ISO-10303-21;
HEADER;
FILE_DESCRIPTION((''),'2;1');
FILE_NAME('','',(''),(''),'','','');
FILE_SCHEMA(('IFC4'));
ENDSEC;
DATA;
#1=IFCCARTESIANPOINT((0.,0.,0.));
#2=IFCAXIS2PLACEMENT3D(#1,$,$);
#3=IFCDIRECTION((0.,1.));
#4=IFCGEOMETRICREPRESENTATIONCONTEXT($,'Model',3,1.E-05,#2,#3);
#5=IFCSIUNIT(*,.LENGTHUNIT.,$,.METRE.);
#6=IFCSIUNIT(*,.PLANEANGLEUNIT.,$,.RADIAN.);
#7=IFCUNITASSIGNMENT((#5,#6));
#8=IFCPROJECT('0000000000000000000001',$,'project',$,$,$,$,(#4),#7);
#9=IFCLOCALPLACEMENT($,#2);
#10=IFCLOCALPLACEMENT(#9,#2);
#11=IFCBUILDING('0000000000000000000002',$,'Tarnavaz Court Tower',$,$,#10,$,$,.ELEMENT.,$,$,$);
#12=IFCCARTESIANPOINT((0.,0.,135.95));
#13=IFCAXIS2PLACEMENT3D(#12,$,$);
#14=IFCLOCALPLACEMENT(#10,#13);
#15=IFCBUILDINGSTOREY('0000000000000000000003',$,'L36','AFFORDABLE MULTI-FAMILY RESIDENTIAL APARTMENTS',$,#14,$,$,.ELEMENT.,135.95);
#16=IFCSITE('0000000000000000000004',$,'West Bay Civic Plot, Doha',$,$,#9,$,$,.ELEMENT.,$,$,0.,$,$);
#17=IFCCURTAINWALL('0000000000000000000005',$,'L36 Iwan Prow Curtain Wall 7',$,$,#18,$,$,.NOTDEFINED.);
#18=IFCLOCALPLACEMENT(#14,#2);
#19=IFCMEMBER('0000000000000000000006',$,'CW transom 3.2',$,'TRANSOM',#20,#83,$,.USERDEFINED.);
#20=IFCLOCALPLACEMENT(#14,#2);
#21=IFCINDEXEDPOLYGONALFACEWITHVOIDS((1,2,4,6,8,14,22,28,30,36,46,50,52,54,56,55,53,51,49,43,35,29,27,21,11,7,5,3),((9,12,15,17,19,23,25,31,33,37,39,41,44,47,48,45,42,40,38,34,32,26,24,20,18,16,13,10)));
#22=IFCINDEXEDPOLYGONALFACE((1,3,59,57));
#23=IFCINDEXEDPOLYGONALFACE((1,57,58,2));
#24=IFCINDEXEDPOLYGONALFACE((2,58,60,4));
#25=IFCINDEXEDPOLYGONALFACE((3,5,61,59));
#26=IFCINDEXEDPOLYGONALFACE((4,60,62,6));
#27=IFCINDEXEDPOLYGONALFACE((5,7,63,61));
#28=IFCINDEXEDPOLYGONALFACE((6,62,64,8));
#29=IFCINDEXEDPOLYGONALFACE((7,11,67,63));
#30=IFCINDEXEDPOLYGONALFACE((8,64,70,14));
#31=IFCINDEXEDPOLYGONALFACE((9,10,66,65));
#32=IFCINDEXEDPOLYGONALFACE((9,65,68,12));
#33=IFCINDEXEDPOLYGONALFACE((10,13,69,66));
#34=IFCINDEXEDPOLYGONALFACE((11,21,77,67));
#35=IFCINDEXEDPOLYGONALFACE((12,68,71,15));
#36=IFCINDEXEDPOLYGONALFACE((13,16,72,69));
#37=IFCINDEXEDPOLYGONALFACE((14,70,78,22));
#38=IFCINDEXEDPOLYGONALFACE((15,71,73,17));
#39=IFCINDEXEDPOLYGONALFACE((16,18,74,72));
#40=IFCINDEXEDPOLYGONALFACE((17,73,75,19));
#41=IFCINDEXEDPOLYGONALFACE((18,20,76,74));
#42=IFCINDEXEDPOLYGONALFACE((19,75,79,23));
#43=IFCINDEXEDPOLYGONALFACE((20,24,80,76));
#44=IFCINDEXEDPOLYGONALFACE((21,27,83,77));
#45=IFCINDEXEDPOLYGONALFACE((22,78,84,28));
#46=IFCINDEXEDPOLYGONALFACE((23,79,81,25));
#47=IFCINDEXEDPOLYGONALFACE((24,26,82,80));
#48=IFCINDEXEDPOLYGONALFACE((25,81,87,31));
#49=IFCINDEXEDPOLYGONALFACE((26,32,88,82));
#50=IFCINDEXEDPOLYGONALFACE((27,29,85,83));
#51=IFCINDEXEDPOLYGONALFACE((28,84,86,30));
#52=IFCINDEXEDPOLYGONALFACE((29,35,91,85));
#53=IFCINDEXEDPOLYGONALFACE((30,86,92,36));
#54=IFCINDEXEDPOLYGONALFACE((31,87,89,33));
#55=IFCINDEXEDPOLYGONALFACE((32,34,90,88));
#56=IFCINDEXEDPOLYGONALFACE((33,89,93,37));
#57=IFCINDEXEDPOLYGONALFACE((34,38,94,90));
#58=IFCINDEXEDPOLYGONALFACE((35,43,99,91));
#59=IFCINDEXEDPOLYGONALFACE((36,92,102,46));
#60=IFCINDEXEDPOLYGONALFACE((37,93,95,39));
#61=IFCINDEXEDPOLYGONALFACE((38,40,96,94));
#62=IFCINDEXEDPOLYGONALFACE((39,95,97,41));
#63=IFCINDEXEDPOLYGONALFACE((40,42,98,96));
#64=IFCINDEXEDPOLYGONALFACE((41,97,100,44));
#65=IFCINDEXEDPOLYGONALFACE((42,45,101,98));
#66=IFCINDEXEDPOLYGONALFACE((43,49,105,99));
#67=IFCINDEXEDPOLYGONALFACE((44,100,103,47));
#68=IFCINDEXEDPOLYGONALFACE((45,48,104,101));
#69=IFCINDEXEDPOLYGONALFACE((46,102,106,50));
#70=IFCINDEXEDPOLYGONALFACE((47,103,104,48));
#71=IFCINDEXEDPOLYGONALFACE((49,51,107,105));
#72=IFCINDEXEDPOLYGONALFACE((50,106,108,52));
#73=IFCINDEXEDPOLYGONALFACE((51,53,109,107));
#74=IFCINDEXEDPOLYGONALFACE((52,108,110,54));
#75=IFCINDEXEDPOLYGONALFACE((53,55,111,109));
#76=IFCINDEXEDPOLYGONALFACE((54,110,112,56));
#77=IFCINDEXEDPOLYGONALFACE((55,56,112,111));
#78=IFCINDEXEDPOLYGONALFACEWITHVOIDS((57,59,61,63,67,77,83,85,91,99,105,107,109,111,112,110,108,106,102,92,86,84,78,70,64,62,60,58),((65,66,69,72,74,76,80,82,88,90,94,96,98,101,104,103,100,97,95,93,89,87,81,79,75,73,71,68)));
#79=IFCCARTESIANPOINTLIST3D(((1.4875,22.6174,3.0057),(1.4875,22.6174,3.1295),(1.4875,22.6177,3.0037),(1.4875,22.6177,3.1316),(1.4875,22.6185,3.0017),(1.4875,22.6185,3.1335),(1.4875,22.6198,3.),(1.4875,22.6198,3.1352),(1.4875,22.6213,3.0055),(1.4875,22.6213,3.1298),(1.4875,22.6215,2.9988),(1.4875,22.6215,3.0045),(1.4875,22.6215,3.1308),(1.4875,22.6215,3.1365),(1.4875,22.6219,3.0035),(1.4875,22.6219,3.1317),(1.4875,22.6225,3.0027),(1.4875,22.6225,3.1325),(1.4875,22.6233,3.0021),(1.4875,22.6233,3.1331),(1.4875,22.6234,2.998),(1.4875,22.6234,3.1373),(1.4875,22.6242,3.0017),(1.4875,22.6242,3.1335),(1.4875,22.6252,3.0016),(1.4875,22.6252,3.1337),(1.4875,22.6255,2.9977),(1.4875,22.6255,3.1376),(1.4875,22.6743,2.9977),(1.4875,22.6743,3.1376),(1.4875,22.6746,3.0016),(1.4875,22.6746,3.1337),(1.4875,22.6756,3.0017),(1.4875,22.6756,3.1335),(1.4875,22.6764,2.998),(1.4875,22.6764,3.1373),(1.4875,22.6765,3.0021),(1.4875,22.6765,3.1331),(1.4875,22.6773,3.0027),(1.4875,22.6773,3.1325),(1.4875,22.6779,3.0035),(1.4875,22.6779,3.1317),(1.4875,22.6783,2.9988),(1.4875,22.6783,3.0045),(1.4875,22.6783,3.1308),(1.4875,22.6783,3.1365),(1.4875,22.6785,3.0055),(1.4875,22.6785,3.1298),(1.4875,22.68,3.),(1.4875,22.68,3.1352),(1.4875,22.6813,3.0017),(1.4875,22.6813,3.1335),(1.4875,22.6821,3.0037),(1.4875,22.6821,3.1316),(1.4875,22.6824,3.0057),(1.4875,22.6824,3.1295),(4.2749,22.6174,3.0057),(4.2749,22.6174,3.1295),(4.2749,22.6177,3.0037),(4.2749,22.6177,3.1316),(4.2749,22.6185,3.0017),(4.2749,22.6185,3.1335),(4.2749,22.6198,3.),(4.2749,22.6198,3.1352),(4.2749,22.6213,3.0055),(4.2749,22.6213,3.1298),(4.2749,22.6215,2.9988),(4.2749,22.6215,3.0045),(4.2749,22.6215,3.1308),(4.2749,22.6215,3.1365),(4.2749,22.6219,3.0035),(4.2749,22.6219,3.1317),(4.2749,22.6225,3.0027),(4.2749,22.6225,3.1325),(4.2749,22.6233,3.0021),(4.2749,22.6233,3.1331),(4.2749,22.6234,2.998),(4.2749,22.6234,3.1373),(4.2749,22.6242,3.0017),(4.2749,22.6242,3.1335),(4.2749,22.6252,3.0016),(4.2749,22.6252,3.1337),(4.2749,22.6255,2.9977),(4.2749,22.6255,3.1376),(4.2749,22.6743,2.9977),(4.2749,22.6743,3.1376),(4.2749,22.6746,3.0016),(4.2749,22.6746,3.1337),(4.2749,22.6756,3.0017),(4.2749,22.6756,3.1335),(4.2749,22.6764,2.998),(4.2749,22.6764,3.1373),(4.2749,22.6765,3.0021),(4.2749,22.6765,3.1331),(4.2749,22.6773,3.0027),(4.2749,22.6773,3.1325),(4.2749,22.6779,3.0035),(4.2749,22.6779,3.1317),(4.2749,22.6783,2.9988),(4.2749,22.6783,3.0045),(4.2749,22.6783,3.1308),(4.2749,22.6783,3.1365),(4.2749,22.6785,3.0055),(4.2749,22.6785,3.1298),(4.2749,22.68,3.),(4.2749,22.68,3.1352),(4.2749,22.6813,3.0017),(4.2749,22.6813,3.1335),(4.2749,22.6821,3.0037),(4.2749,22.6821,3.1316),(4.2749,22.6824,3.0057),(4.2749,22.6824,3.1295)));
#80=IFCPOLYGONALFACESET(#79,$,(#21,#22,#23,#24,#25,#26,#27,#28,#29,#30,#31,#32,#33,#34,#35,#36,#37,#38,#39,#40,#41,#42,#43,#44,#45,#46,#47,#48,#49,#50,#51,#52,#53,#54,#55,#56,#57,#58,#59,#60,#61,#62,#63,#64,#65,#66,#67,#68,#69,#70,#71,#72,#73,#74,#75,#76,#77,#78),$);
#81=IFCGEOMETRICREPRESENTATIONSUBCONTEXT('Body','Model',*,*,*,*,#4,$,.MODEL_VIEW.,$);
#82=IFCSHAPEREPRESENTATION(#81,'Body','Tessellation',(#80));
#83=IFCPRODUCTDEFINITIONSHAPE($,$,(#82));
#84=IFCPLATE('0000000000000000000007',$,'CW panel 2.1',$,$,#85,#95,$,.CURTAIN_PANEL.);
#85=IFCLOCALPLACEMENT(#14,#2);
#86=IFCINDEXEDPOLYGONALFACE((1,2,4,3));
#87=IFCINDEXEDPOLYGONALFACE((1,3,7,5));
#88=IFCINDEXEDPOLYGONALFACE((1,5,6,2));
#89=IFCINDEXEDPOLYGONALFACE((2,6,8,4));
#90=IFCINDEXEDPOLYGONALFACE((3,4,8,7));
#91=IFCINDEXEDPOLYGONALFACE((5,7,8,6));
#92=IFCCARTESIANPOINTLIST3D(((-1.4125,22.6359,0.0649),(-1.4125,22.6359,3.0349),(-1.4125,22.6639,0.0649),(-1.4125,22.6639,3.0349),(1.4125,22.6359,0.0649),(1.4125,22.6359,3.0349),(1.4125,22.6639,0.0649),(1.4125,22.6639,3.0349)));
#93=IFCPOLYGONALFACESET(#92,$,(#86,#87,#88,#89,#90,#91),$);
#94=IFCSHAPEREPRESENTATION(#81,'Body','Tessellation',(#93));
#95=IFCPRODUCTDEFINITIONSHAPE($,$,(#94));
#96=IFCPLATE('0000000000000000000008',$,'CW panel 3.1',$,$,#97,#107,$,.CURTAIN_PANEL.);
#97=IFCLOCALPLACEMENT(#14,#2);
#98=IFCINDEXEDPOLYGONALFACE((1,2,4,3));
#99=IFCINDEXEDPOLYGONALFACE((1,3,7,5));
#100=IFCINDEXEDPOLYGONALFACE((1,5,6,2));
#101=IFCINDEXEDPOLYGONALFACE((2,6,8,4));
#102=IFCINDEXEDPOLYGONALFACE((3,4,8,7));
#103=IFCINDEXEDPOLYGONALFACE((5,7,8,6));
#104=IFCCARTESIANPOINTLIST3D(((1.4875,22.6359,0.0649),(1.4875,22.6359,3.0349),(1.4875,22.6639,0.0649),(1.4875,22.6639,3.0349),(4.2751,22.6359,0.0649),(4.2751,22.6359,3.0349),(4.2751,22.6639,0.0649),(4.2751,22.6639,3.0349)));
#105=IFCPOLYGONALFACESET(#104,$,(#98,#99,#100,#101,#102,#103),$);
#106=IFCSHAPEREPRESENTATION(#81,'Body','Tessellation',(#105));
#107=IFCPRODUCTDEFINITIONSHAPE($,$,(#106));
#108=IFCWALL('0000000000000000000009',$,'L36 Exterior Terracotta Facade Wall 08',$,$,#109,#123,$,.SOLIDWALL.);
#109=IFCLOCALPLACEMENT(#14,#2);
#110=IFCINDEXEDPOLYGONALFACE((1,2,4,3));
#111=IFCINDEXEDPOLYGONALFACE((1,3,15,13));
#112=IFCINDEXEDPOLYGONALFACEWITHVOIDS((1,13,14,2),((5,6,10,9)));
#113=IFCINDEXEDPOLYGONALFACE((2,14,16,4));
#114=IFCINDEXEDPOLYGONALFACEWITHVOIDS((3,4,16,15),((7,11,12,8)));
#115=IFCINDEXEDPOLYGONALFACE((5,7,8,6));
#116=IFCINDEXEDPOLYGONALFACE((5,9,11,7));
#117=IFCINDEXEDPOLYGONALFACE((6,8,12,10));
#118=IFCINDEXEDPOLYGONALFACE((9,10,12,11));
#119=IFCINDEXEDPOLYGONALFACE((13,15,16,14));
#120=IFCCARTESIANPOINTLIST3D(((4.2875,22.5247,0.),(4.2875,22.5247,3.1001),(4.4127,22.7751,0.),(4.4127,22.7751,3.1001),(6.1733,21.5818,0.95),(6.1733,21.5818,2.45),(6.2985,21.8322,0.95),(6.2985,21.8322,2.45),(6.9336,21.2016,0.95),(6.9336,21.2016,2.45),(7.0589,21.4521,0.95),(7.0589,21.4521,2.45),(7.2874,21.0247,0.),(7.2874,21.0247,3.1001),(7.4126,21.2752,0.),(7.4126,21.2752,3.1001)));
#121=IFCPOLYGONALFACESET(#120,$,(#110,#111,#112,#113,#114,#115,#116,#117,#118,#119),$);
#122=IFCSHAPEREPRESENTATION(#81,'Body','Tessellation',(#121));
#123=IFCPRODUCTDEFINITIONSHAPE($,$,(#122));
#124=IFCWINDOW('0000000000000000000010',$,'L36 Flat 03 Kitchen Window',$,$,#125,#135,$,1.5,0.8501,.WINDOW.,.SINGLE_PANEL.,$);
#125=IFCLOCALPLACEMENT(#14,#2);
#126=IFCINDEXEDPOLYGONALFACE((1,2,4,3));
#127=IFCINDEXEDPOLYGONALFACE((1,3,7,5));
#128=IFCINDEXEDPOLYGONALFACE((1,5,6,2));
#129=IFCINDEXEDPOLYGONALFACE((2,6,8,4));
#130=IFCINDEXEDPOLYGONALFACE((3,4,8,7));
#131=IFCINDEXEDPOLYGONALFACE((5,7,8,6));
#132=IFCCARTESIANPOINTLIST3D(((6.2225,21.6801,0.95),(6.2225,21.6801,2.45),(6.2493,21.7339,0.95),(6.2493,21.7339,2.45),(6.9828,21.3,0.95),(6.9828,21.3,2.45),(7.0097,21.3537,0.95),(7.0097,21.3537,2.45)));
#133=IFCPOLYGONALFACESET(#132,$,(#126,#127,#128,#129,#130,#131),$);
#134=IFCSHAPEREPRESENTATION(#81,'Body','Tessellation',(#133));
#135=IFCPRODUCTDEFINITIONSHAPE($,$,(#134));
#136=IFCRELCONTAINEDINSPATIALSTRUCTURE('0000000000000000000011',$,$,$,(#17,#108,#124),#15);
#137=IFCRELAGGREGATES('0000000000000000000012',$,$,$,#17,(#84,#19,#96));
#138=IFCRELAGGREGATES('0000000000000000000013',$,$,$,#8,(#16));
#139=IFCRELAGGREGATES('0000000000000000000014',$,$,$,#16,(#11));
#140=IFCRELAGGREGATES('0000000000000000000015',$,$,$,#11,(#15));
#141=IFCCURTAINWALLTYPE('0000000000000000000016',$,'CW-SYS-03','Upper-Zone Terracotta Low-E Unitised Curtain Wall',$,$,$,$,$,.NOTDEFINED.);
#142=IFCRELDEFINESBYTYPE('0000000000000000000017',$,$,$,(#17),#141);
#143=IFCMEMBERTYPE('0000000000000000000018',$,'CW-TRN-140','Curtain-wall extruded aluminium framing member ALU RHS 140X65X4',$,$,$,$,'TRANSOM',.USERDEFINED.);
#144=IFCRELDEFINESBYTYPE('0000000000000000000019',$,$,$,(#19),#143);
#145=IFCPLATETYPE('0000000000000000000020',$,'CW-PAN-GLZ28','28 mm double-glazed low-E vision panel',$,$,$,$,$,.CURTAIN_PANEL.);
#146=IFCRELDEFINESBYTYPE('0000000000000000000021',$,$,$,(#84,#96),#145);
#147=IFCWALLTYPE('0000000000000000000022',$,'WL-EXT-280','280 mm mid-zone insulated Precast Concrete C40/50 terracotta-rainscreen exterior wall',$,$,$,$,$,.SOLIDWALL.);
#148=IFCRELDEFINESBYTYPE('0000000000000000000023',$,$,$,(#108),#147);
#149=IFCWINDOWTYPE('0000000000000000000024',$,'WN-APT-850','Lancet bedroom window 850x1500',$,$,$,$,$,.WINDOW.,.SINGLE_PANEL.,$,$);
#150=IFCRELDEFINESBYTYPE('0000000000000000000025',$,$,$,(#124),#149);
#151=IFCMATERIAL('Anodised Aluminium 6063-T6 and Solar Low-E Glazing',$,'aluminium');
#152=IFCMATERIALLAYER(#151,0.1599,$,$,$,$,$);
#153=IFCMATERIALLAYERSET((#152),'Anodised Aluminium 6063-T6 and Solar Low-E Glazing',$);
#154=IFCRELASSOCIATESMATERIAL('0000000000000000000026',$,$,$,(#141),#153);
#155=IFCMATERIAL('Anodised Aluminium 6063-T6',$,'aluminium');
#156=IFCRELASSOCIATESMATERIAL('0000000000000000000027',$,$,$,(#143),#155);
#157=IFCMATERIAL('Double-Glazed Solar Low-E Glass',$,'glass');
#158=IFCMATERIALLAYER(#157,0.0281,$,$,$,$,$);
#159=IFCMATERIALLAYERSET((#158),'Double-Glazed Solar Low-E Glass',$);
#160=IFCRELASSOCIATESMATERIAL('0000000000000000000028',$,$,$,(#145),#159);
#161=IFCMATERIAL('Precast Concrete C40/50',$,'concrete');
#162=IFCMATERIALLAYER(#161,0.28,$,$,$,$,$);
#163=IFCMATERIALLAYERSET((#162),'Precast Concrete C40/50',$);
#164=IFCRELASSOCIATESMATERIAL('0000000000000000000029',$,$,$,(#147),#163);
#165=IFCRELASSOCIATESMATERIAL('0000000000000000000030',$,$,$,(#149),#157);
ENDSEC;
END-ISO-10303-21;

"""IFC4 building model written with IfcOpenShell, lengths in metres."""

from ifc_helpers import new_model, si_unit, direction, frame, frame_2d, origin, origin_2d, place, context, subcontext, project, spatial, rectangle, hollow_rectangle, extrude, material, layer, layer_set, material_profile, profile_set, type_object, element, fill, aggregate, save


model = new_model("IFC4")

# Units and contexts
model_context = context("Model", 3, precision=1e-05, world=origin(), true_north=direction((0.0, 1.0)))
body_context = subcontext(model_context, "Body", "Model", "MODEL_VIEW")
ifc_project = project(units=[si_unit("LENGTHUNIT", "METRE"), si_unit("PLANEANGLEUNIT", "RADIAN")], contexts=[model_context])

# Site, building, storey
site_placement = place(None, origin())
site = spatial("IfcSite", under=ifc_project, at=site_placement, Name="West Bay Civic Plot, Doha", CompositionType="ELEMENT", RefElevation=0.0)
building_placement = place(site_placement, origin())
building = spatial("IfcBuilding", under=site, at=building_placement, Name="Tarnavaz Court Tower", CompositionType="ELEMENT")
storey_placement = place(building_placement, frame((0.0, 0.0, 135.95)))
storey = spatial("IfcBuildingStorey", under=building, at=storey_placement, Name="L36", Description="AFFORDABLE MULTI-FAMILY RESIDENTIAL APARTMENTS", CompositionType="ELEMENT", Elevation=135.95)

# Curtain wall, member, plates
ifc_material_1 = material(Name="Anodised Aluminium 6063-T6 and Solar Low-E Glazing", Category="aluminium")
ifc_layer_1 = layer(ifc_material_1, 0.1599)
ifc_layer_set_1 = layer_set([ifc_layer_1], Name="Anodised Aluminium 6063-T6 and Solar Low-E Glazing")
curtain_wall_type = type_object("IfcCurtainWallType", Name="CW-SYS-03", Description="Upper-Zone Terracotta Low-E Unitised Curtain Wall", PredefinedType="NOTDEFINED", material=ifc_layer_set_1)
curtain_wall_placement = place(storey_placement, origin())
curtain_wall = element("IfcCurtainWall", 1, at=curtain_wall_placement, inside=storey, type_object=curtain_wall_type, Name="L36 Iwan Prow Curtain Wall 7", PredefinedType="NOTDEFINED")
ifc_material_2 = material(Name="Anodised Aluminium 6063-T6", Category="aluminium")
ifc_material_profile_1 = material_profile(ifc_material_2, hollow_rectangle(XDim=0.0649, YDim=0.1399, WallThickness=0.0039, InnerFilletRadius=0.0039, OuterFilletRadius=0.0081, at=origin_2d()), Name="ALU RHS 140X65X4")
ifc_profile_set_1 = profile_set([ifc_material_profile_1], Name="Anodised Aluminium 6063-T6")
member_type_1 = type_object("IfcMemberType", Name="CW-TRN-140", Description="Curtain-wall extruded aluminium framing member ALU RHS 140X65X4", ElementType="TRANSOM", PredefinedType="USERDEFINED", material=ifc_profile_set_1)
member_1_placement = place(storey_placement, frame((1.4875, 22.6499, 3.0676), z_axis=(1.0, 0.0, 0.0), x_axis=(0.0, 1.0, 0.0)))
member_1 = element("IfcMember", 2, at=member_1_placement, type_object=member_type_1, Name="CW transom 3.2", ObjectType="TRANSOM", PredefinedType="USERDEFINED", context=body_context, shape_type="SweptSolid", body=[
    extrude(hollow_rectangle(XDim=0.0649, YDim=0.1399, WallThickness=0.0039, InnerFilletRadius=0.0039, OuterFilletRadius=0.0081, at=origin_2d()), origin(), (0.0, 0.0, 1.0), 2.7874),
])
ifc_material_3 = material(Name="Double-Glazed Solar Low-E Glass", Category="glass")
ifc_layer_2 = layer(ifc_material_3, 0.0281)
ifc_layer_set_2 = layer_set([ifc_layer_2], Name="Double-Glazed Solar Low-E Glass")
plate_type = type_object("IfcPlateType", Name="CW-PAN-GLZ28", Description="28 mm double-glazed low-E vision panel", PredefinedType="CURTAIN_PANEL", material=ifc_layer_set_2)
plate_1_placement = place(storey_placement, frame((0.0, 22.6499, 0.0649), z_axis=(0.0, 0.0, 1.0), x_axis=(1.0, 0.0, 0.0)))
plate_1 = element("IfcPlate", 3, at=plate_1_placement, type_object=plate_type, Name="CW panel 2.1", PredefinedType="CURTAIN_PANEL", context=body_context, shape_type="SweptSolid", body=[
    extrude(rectangle(XDim=2.825, YDim=0.0281, at=origin_2d()), origin(), (0.0, 0.0, 1.0), 2.97),
])
plate_2_placement = place(storey_placement, frame((2.8813, 22.6499, 0.0649), z_axis=(0.0, 0.0, 1.0), x_axis=(1.0, 0.0, 0.0)))
plate_2 = element("IfcPlate", 4, at=plate_2_placement, type_object=plate_type, Name="CW panel 3.1", PredefinedType="CURTAIN_PANEL", context=body_context, shape_type="SweptSolid", body=[
    extrude(rectangle(XDim=2.7876, YDim=0.0281, at=origin_2d()), origin(), (0.0, 0.0, 1.0), 2.97),
])
aggregate(curtain_wall, [plate_1, member_1, plate_2])

# Wall, opening, window
ifc_material_4 = material(Name="Precast Concrete C40/50", Category="concrete")
ifc_layer_3 = layer(ifc_material_4, 0.28)
ifc_layer_set_3 = layer_set([ifc_layer_3], Name="Precast Concrete C40/50")
wall_type_1 = type_object("IfcWallType", Name="WL-EXT-280", Description="280 mm mid-zone insulated Precast Concrete C40/50 terracotta-rainscreen exterior wall", PredefinedType="SOLIDWALL", material=ifc_layer_set_3)
wall_1_placement = place(storey_placement, frame((4.3501, 22.6499, 0.0), z_axis=(0.0, 0.0, 1.0), x_axis=(0.894427, -0.447214, 0.0)))
wall_1 = element("IfcWall", 5, at=wall_1_placement, inside=storey, type_object=wall_type_1, Name="L36 Exterior Terracotta Facade Wall 08", PredefinedType="SOLIDWALL", context=body_context, shape_type="SweptSolid", body=[
    extrude(rectangle(XDim=3.354, YDim=0.28, at=frame_2d((1.677, 0.0))), origin(), (0.0, 0.0, 1.0), 3.1001),
])
opening_1_placement = place(wall_1_placement, frame((2.1084, 0.0, 0.95)))
opening_1 = element("IfcOpeningElement", 6, at=opening_1_placement, cuts=wall_1, PredefinedType="OPENING", context=body_context, shape_type="SweptSolid", body=[
    extrude(rectangle(XDim=0.8501, YDim=1.5, at=frame_2d((0.425, 0.75))), frame((0.0, 0.1499, 0.0), z_axis=(0.0, -1.0, 0.0), x_axis=(1.0, 0.0, 0.0)), (0.0, 0.0, 1.0), 0.3),
])
window_type_1 = type_object("IfcWindowType", Name="WN-APT-850", Description="Lancet bedroom window 850x1500", PartitioningType="SINGLE_PANEL", PredefinedType="WINDOW", material=ifc_material_3)
window_1_placement = place(opening_1_placement, origin())
window_1 = element("IfcWindow", 7, at=window_1_placement, inside=storey, type_object=window_type_1, Name="L36 Flat 03 Kitchen Window", OverallHeight=1.5, OverallWidth=0.8501, PartitioningType="SINGLE_PANEL", PredefinedType="WINDOW", context=body_context, shape_type="SweptSolid", body=[
    extrude(rectangle(XDim=0.8501, YDim=1.5, at=frame_2d((0.425, 0.75))), frame((0.0, 0.03, 0.0), z_axis=(0.0, -1.0, 0.0), x_axis=(1.0, 0.0, 0.0)), (0.0, 0.0, 1.0), 0.0601),
])
fill(opening_1, window_1)

save(model, "model.ifc")
